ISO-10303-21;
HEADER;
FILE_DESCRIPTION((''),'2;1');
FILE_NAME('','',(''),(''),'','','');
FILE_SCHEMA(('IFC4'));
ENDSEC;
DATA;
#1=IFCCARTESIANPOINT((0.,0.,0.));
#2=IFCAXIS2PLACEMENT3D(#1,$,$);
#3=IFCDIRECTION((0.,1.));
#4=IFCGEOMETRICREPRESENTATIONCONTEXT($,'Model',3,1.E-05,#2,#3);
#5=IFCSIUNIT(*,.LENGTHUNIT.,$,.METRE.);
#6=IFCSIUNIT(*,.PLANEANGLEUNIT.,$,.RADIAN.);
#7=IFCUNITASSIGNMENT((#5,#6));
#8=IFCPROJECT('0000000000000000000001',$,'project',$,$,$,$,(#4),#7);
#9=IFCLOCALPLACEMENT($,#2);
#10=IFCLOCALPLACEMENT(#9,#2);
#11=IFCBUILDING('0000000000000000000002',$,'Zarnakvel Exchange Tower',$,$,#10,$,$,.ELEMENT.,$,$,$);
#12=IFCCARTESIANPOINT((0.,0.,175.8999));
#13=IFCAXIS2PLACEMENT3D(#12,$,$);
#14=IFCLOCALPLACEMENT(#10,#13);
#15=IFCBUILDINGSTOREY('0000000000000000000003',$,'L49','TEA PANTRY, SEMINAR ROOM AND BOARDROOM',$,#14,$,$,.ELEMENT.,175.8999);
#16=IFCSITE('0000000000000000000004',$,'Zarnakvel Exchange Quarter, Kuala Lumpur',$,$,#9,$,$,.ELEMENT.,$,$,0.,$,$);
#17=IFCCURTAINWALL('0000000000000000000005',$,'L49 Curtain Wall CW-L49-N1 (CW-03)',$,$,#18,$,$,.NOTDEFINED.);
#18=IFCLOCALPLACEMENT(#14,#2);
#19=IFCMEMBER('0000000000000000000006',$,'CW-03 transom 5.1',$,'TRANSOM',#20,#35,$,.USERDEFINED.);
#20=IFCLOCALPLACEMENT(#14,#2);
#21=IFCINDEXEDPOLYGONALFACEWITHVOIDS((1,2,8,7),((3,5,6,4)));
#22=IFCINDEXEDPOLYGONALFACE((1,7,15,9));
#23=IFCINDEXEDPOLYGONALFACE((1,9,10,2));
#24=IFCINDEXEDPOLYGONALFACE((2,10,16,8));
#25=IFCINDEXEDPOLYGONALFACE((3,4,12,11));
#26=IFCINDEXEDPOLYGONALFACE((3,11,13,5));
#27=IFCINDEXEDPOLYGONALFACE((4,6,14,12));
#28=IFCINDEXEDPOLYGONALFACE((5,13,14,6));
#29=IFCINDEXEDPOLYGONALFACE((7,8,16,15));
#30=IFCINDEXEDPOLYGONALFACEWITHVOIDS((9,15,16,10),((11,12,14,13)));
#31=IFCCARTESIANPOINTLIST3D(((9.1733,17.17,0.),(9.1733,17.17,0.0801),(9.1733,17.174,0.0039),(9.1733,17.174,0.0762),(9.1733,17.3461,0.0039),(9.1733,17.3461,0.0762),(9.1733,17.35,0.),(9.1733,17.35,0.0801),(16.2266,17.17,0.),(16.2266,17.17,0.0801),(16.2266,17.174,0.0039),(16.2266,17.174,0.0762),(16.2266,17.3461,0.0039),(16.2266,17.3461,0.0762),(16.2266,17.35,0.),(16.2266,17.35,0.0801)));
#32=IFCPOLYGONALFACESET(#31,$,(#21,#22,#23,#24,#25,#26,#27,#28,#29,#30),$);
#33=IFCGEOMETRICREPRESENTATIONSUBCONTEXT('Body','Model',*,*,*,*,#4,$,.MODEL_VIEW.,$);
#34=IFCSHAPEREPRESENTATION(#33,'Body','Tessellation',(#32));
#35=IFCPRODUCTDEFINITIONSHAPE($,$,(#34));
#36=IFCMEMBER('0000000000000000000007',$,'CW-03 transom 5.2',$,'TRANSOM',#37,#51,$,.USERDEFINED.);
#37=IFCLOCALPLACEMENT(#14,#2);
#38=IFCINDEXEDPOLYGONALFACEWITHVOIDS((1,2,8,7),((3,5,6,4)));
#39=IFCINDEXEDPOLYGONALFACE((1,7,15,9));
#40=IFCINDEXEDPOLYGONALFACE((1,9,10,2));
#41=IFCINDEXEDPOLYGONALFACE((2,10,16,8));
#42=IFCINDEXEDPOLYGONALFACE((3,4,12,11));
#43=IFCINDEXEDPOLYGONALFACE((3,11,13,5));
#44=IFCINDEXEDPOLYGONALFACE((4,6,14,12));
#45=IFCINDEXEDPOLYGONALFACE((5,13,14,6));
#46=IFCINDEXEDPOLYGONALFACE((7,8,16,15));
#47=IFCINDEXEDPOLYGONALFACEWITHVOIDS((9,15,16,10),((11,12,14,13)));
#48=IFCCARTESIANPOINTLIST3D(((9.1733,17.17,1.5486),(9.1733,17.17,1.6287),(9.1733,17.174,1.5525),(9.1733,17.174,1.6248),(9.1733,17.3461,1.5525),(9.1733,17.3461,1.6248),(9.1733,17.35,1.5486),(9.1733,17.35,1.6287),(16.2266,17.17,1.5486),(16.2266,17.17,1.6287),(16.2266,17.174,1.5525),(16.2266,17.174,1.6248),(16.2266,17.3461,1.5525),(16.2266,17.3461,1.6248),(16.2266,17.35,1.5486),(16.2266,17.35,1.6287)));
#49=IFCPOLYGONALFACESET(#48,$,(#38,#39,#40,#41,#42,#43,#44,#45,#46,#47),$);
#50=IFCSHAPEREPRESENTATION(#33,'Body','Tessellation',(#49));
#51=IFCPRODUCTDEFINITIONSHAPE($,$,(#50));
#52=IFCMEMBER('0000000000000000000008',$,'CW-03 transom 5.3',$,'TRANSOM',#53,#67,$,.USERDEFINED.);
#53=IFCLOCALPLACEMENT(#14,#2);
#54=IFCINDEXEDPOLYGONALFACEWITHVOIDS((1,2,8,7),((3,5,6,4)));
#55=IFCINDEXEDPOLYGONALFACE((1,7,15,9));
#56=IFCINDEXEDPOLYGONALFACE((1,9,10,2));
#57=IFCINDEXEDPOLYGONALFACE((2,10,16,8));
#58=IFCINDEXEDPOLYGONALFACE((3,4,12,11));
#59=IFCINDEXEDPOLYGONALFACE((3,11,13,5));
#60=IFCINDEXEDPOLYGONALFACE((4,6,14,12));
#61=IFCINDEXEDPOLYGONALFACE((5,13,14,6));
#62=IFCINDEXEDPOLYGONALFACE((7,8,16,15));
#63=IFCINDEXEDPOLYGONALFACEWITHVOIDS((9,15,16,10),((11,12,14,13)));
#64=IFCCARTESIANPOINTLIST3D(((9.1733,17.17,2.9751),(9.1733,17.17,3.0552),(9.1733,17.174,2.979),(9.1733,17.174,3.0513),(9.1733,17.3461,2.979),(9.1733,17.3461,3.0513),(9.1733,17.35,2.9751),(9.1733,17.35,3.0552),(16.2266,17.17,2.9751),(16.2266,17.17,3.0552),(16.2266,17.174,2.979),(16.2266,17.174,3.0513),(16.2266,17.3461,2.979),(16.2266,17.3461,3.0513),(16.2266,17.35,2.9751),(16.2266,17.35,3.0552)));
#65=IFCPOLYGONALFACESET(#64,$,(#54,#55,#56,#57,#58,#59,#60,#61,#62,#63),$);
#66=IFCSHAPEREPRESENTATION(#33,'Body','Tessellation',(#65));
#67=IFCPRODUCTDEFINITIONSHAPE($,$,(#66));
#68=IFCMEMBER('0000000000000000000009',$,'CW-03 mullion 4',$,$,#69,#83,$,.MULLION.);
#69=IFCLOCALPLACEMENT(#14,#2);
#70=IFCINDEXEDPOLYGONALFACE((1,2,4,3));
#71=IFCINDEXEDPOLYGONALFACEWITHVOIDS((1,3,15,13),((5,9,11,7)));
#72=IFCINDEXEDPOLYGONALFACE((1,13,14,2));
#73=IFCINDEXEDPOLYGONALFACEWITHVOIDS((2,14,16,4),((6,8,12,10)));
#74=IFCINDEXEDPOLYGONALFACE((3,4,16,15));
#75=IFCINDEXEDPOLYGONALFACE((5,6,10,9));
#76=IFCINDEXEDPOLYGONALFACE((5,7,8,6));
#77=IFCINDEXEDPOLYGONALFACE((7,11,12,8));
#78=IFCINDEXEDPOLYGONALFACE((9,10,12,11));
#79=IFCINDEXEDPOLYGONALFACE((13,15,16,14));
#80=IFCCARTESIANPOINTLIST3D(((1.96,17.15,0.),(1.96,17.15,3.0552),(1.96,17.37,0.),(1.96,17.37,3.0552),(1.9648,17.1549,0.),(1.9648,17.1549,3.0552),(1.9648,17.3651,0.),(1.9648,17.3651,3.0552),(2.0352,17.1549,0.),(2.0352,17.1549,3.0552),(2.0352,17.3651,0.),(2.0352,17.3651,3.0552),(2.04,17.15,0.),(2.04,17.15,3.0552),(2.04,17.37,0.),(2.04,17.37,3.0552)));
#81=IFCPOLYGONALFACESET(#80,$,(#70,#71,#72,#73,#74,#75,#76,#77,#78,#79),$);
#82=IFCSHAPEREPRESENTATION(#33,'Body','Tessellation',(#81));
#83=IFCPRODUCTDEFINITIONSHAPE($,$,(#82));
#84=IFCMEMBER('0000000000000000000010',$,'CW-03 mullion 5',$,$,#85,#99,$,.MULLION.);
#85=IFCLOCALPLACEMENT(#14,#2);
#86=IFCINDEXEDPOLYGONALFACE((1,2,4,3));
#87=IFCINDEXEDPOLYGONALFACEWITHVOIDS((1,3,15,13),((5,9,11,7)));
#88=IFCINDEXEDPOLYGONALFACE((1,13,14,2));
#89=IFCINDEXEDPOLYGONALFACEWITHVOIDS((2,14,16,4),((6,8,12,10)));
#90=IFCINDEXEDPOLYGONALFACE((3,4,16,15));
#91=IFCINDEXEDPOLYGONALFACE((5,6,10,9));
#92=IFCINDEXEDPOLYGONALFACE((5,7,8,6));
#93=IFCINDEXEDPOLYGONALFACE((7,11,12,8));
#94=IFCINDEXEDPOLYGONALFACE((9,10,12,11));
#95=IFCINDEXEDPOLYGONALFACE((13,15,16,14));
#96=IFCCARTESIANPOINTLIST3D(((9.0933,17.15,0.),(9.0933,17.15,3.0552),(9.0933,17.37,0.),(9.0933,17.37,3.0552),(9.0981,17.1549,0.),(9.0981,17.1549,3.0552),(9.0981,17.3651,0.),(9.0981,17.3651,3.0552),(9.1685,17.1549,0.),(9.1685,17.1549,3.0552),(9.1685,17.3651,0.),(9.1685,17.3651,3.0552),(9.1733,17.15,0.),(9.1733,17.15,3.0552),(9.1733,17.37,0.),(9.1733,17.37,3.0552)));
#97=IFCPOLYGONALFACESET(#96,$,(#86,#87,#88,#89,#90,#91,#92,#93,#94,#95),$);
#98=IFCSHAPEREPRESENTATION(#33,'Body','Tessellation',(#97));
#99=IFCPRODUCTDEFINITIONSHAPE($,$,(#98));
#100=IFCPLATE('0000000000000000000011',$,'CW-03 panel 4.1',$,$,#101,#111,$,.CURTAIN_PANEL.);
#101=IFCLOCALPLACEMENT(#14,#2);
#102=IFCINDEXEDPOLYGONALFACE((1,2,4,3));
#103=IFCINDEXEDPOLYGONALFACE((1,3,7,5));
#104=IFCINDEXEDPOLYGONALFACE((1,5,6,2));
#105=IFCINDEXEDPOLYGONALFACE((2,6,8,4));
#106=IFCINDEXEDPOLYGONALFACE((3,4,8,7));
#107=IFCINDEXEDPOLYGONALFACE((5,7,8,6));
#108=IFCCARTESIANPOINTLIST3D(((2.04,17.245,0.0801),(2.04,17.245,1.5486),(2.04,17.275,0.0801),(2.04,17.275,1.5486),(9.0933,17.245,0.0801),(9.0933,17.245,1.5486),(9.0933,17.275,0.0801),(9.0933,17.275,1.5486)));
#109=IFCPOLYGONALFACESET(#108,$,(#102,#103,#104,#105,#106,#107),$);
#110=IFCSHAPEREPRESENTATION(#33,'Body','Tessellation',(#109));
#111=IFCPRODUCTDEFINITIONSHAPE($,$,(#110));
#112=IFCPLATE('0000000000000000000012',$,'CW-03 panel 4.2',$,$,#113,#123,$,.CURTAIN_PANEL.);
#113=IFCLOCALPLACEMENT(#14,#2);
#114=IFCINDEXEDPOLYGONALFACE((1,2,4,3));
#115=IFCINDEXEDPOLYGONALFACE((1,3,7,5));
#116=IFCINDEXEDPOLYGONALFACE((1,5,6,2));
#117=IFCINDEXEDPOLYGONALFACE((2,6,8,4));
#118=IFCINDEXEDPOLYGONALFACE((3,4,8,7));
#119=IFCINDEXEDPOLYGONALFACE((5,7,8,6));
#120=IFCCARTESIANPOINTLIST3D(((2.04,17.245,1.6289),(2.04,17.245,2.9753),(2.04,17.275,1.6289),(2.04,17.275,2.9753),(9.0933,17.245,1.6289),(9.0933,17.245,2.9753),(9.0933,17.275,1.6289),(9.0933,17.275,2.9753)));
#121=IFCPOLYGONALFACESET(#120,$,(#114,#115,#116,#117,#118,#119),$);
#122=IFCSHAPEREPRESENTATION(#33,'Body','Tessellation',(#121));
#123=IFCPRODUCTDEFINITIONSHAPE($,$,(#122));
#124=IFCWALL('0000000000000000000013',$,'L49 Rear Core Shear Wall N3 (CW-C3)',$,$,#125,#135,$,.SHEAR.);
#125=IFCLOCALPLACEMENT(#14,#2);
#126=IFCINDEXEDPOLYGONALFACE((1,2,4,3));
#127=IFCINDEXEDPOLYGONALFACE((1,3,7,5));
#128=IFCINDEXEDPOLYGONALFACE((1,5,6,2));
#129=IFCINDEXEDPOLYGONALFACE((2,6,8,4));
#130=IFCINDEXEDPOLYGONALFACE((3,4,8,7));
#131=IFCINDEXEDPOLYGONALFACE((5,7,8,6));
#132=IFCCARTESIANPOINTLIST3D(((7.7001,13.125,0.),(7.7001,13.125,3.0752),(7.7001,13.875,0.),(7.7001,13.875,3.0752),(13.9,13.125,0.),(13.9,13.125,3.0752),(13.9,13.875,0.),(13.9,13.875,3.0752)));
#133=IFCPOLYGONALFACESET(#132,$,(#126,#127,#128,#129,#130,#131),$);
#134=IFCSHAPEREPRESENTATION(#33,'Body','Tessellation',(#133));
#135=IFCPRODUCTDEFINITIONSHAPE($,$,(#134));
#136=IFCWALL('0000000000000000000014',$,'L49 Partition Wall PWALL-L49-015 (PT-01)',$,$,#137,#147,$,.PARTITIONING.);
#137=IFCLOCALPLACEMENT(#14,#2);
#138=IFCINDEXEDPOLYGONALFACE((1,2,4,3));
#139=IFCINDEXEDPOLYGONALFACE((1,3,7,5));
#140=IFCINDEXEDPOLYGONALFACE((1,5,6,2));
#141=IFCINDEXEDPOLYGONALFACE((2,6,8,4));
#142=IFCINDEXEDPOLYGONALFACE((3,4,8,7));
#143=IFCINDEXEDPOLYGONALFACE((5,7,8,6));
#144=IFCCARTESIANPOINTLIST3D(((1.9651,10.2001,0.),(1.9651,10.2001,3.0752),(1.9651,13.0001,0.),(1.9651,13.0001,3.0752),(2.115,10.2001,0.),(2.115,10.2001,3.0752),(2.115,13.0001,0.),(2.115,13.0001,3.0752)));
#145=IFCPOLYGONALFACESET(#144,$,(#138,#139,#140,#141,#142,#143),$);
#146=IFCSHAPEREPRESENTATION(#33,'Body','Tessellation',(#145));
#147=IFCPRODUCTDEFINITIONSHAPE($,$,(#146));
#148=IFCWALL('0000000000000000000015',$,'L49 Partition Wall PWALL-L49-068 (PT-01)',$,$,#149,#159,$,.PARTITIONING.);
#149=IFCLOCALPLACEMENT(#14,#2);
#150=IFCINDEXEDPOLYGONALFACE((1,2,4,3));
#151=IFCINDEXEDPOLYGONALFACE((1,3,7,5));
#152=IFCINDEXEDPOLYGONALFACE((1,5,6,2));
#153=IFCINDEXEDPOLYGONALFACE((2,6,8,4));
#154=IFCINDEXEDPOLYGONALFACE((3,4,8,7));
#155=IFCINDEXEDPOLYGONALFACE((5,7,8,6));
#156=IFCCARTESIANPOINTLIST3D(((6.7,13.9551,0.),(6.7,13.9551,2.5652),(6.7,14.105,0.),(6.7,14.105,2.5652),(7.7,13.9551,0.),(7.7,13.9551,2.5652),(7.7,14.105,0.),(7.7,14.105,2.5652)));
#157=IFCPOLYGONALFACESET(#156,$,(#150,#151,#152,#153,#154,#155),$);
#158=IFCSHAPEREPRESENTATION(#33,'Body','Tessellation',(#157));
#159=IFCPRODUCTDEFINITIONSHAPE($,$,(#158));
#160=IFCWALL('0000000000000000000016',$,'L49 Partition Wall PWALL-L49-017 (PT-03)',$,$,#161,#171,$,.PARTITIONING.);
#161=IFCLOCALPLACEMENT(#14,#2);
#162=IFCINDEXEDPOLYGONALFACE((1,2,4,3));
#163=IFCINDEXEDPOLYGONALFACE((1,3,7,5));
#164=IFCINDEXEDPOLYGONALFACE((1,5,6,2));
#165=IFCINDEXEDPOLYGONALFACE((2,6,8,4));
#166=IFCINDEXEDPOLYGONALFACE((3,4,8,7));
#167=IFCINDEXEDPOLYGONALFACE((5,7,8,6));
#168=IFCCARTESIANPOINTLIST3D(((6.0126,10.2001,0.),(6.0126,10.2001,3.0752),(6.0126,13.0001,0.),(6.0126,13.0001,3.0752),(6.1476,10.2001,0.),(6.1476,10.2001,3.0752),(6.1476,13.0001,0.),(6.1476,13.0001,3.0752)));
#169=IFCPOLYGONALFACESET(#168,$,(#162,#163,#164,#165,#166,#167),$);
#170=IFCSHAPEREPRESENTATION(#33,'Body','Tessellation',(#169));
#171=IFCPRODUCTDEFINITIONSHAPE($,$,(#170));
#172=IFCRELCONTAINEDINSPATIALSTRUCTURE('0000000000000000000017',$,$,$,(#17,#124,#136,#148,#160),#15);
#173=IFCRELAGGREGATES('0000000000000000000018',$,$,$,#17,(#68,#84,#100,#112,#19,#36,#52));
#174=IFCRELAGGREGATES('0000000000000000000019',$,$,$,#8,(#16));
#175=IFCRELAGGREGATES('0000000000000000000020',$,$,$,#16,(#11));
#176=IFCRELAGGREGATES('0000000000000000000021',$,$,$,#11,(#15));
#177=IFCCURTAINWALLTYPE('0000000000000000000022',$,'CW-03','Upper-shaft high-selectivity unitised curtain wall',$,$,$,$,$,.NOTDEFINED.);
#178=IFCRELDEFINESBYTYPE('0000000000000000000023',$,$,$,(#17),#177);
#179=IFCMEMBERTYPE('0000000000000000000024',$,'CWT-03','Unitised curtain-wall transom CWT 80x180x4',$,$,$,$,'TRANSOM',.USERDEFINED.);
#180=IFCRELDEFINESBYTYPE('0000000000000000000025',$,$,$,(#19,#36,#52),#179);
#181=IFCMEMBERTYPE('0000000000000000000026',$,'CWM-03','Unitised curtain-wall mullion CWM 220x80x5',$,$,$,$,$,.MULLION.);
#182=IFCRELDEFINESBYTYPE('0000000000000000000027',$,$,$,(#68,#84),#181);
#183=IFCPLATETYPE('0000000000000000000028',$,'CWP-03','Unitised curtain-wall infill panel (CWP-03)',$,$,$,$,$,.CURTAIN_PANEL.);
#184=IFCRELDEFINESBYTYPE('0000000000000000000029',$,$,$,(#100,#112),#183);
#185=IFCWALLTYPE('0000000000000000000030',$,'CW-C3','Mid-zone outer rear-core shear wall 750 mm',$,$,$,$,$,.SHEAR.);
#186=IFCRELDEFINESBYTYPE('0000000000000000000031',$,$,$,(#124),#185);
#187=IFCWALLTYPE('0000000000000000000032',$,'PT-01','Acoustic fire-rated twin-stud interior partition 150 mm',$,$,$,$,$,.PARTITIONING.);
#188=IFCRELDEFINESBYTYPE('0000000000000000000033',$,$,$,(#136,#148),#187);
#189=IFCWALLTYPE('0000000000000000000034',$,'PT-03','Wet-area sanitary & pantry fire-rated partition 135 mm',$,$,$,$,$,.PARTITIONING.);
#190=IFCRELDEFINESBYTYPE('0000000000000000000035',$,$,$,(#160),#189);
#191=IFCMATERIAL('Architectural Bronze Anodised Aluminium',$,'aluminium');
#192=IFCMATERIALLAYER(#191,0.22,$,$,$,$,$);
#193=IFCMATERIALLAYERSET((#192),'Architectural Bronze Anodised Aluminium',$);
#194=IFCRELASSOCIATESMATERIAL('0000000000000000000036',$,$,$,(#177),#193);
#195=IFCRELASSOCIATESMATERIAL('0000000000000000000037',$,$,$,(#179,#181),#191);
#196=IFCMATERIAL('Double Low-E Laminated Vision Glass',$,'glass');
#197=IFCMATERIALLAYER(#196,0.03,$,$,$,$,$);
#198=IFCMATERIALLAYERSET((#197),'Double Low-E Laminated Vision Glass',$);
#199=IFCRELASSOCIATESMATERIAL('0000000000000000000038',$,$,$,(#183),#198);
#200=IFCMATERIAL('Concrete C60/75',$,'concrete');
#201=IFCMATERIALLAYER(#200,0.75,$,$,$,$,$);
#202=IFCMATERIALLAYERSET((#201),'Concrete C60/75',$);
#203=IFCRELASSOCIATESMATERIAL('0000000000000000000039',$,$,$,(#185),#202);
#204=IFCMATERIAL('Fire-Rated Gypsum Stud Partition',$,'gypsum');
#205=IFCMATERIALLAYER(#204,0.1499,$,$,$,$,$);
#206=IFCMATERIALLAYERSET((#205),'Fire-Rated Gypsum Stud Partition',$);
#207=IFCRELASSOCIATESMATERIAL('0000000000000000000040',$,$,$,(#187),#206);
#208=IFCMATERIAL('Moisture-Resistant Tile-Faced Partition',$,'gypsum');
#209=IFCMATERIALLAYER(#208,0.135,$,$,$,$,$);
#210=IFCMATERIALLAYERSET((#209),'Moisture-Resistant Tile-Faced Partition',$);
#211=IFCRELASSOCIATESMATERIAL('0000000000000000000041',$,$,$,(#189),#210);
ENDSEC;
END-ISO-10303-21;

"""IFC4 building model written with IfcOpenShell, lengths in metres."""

from ifc_helpers import new_model, si_unit, direction, frame, frame_2d, origin, origin_2d, place, context, subcontext, project, spatial, rectangle, hollow_rectangle, extrude, source, transform, mapped, material, layer, layer_set, material_profile, profile_set, type_object, element, aggregate, save


model = new_model("IFC4")

# Units and contexts
model_context = context("Model", 3, precision=1e-05, world=origin(), true_north=direction((0.0, 1.0)))
body_context = subcontext(model_context, "Body", "Model", "MODEL_VIEW")
ifc_project = project(units=[si_unit("LENGTHUNIT", "METRE"), si_unit("PLANEANGLEUNIT", "RADIAN")], contexts=[model_context])

# Site, building, storey
site_placement = place(None, origin())
site = spatial("IfcSite", under=ifc_project, at=site_placement, Name="Zarnakvel Exchange Quarter, Kuala Lumpur", CompositionType="ELEMENT", RefElevation=0.0)
building_placement = place(site_placement, origin())
building = spatial("IfcBuilding", under=site, at=building_placement, Name="Zarnakvel Exchange Tower", CompositionType="ELEMENT")
storey_placement = place(building_placement, frame((0.0, 0.0, 175.8999)))
storey = spatial("IfcBuildingStorey", under=building, at=storey_placement, Name="L49", Description="TEA PANTRY, SEMINAR ROOM AND BOARDROOM", CompositionType="ELEMENT", Elevation=175.8999)

# Shared definitions
ifc_material_1 = material(Name="Concrete C60/75", Category="concrete")

# Curtain wall, members, plates
ifc_material_2 = material(Name="Architectural Bronze Anodised Aluminium", Category="aluminium")
ifc_layer_1 = layer(ifc_material_2, 0.22)
ifc_layer_set_1 = layer_set([ifc_layer_1], Name="Architectural Bronze Anodised Aluminium")
curtain_wall_type = type_object("IfcCurtainWallType", Name="CW-03", Description="Upper-shaft high-selectivity unitised curtain wall", PredefinedType="NOTDEFINED", material=ifc_layer_set_1)
curtain_wall_placement = place(storey_placement, origin())
curtain_wall = element("IfcCurtainWall", 1, at=curtain_wall_placement, inside=storey, type_object=curtain_wall_type, Name="L49 Curtain Wall CW-L49-N1 (CW-03)", PredefinedType="NOTDEFINED")
ifc_material_profile_1 = material_profile(ifc_material_2, hollow_rectangle(XDim=0.1799, YDim=0.0801, WallThickness=0.0039, at=origin_2d()))
ifc_profile_set_1 = profile_set([ifc_material_profile_1], Name="Architectural Bronze Anodised Aluminium")
member_type_1 = type_object("IfcMemberType", Name="CWT-03", Description="Unitised curtain-wall transom CWT 80x180x4", ElementType="TRANSOM", PredefinedType="USERDEFINED", material=ifc_profile_set_1)
shared_shape_1 = source(origin(), body_context, "Body", "SweptSolid", [
    extrude(hollow_rectangle(XDim=0.1799, YDim=0.0801, WallThickness=0.0039, at=origin_2d()), origin(), (0.0, 0.0, 1.0), 7.0532),
])
member_1_placement = place(storey_placement, frame((9.1733, 17.26, 0.04), z_axis=(1.0, 0.0, 0.0), x_axis=(0.0, 1.0, 0.0)))
member_1 = element("IfcMember", 2, at=member_1_placement, type_object=member_type_1, Name="CW-03 transom 5.1", ObjectType="TRANSOM", PredefinedType="USERDEFINED", context=body_context, shape_type="MappedRepresentation", body=[
    mapped(shared_shape_1, transform((0.0, 0.0, 0.0), x_axis=(1.0, 0.0, 0.0), y_axis=(0.0, 1.0, 0.0), z_axis=(0.0, 0.0, 1.0), scale=1.0)),
])
member_2_placement = place(storey_placement, frame((9.1733, 17.26, 1.5886), z_axis=(1.0, 0.0, 0.0), x_axis=(0.0, 1.0, 0.0)))
member_2 = element("IfcMember", 3, at=member_2_placement, type_object=member_type_1, Name="CW-03 transom 5.2", ObjectType="TRANSOM", PredefinedType="USERDEFINED", context=body_context, shape_type="MappedRepresentation", body=[
    mapped(shared_shape_1, transform((0.0, 0.0, 0.0), x_axis=(1.0, 0.0, 0.0), y_axis=(0.0, 1.0, 0.0), z_axis=(0.0, 0.0, 1.0), scale=1.0)),
])
member_3_placement = place(storey_placement, frame((9.1733, 17.26, 3.0151), z_axis=(1.0, 0.0, 0.0), x_axis=(0.0, 1.0, 0.0)))
member_3 = element("IfcMember", 4, at=member_3_placement, type_object=member_type_1, Name="CW-03 transom 5.3", ObjectType="TRANSOM", PredefinedType="USERDEFINED", context=body_context, shape_type="MappedRepresentation", body=[
    mapped(shared_shape_1, transform((0.0, 0.0, 0.0), x_axis=(1.0, 0.0, 0.0), y_axis=(0.0, 1.0, 0.0), z_axis=(0.0, 0.0, 1.0), scale=1.0)),
])
ifc_material_profile_2 = material_profile(ifc_material_2, hollow_rectangle(XDim=0.22, YDim=0.0801, WallThickness=0.0049, at=origin_2d()))
ifc_profile_set_2 = profile_set([ifc_material_profile_2], Name="Architectural Bronze Anodised Aluminium")
member_type_2 = type_object("IfcMemberType", Name="CWM-03", Description="Unitised curtain-wall mullion CWM 220x80x5", PredefinedType="MULLION", material=ifc_profile_set_2)
shared_shape_2 = source(origin(), body_context, "Body", "SweptSolid", [
    extrude(hollow_rectangle(XDim=0.22, YDim=0.0801, WallThickness=0.0049, at=origin_2d()), origin(), (0.0, 0.0, 1.0), 3.0552),
])
member_4_placement = place(storey_placement, frame((2.0, 17.26, 0.0), z_axis=(0.0, 0.0, 1.0), x_axis=(0.0, 1.0, 0.0)))
member_4 = element("IfcMember", 5, at=member_4_placement, type_object=member_type_2, Name="CW-03 mullion 4", PredefinedType="MULLION", context=body_context, shape_type="MappedRepresentation", body=[
    mapped(shared_shape_2, transform((0.0, 0.0, 0.0), x_axis=(1.0, 0.0, 0.0), y_axis=(0.0, 1.0, 0.0), z_axis=(0.0, 0.0, 1.0), scale=1.0)),
])
member_5_placement = place(storey_placement, frame((9.1333, 17.26, 0.0), z_axis=(0.0, 0.0, 1.0), x_axis=(0.0, 1.0, 0.0)))
member_5 = element("IfcMember", 6, at=member_5_placement, type_object=member_type_2, Name="CW-03 mullion 5", PredefinedType="MULLION", context=body_context, shape_type="MappedRepresentation", body=[
    mapped(shared_shape_2, transform((0.0, 0.0, 0.0), x_axis=(1.0, 0.0, 0.0), y_axis=(0.0, 1.0, 0.0), z_axis=(0.0, 0.0, 1.0), scale=1.0)),
])
ifc_material_3 = material(Name="Double Low-E Laminated Vision Glass", Category="glass")
ifc_layer_2 = layer(ifc_material_3, 0.03)
ifc_layer_set_2 = layer_set([ifc_layer_2], Name="Double Low-E Laminated Vision Glass")
plate_type = type_object("IfcPlateType", Name="CWP-03", Description="Unitised curtain-wall infill panel (CWP-03)", PredefinedType="CURTAIN_PANEL", material=ifc_layer_set_2)
shared_shape_3 = source(origin(), body_context, "Body", "SweptSolid", [
    extrude(rectangle(XDim=7.0532, YDim=0.03, at=origin_2d()), origin(), (0.0, 0.0, 1.0), 1.4685),
])
plate_1_placement = place(storey_placement, frame((5.5667, 17.26, 0.0801), z_axis=(0.0, 0.0, 1.0), x_axis=(1.0, 0.0, 0.0)))
plate_1 = element("IfcPlate", 7, at=plate_1_placement, type_object=plate_type, Name="CW-03 panel 4.1", PredefinedType="CURTAIN_PANEL", context=body_context, shape_type="MappedRepresentation", body=[
    mapped(shared_shape_3, transform((0.0, 0.0, 0.0), x_axis=(1.0, 0.0, 0.0), y_axis=(0.0, 1.0, 0.0), z_axis=(0.0, 0.0, 1.0), scale=1.0)),
])
shared_shape_4 = source(origin(), body_context, "Body", "SweptSolid", [
    extrude(rectangle(XDim=7.0532, YDim=0.03, at=origin_2d()), origin(), (0.0, 0.0, 1.0), 1.3464),
])
plate_2_placement = place(storey_placement, frame((5.5667, 17.26, 1.6289), z_axis=(0.0, 0.0, 1.0), x_axis=(1.0, 0.0, 0.0)))
plate_2 = element("IfcPlate", 8, at=plate_2_placement, type_object=plate_type, Name="CW-03 panel 4.2", PredefinedType="CURTAIN_PANEL", context=body_context, shape_type="MappedRepresentation", body=[
    mapped(shared_shape_4, transform((0.0, 0.0, 0.0), x_axis=(1.0, 0.0, 0.0), y_axis=(0.0, 1.0, 0.0), z_axis=(0.0, 0.0, 1.0), scale=1.0)),
])
aggregate(curtain_wall, [member_4, member_5, plate_1, plate_2, member_1, member_2, member_3])

# Wall
ifc_layer_3 = layer(ifc_material_1, 0.75)
ifc_layer_set_3 = layer_set([ifc_layer_3], Name="Concrete C60/75")
wall_type_1 = type_object("IfcWallType", Name="CW-C3", Description="Mid-zone outer rear-core shear wall 750 mm", PredefinedType="SHEAR", material=ifc_layer_set_3)
wall_1_placement = place(storey_placement, frame((7.7, 13.5, 0.0), z_axis=(0.0, 0.0, 1.0), x_axis=(1.0, 0.0, 0.0)))
element("IfcWall", 9, at=wall_1_placement, inside=storey, type_object=wall_type_1, Name="L49 Rear Core Shear Wall N3 (CW-C3)", PredefinedType="SHEAR", context=body_context, shape_type="SweptSolid", body=[
    extrude(rectangle(XDim=6.2, YDim=0.75, at=frame_2d((3.1001, 0.0))), origin(), (0.0, 0.0, 1.0), 3.0752),
])

# Shared definitions
ifc_material_4 = material(Name="Fire-Rated Gypsum Stud Partition", Category="gypsum")
ifc_layer_4 = layer(ifc_material_4, 0.1499)
ifc_layer_set_4 = layer_set([ifc_layer_4], Name="Fire-Rated Gypsum Stud Partition")
wall_type_2 = type_object("IfcWallType", Name="PT-01", Description="Acoustic fire-rated twin-stud interior partition 150 mm", PredefinedType="PARTITIONING", material=ifc_layer_set_4)

# Walls
wall_2_placement = place(storey_placement, frame((2.04, 13.0, 0.0), z_axis=(0.0, 0.0, 1.0), x_axis=(0.0, -1.0, 0.0)))
element("IfcWall", 10, at=wall_2_placement, inside=storey, type_object=wall_type_2, Name="L49 Partition Wall PWALL-L49-015 (PT-01)", PredefinedType="PARTITIONING", context=body_context, shape_type="SweptSolid", body=[
    extrude(rectangle(XDim=2.8, YDim=0.1499, at=frame_2d((1.3999, 0.0))), origin(), (0.0, 0.0, 1.0), 3.0752),
])
wall_3_placement = place(storey_placement, frame((7.7, 14.03, 0.0), z_axis=(0.0, 0.0, 1.0), x_axis=(-1.0, 0.0, 0.0)))
element("IfcWall", 11, at=wall_3_placement, inside=storey, type_object=wall_type_2, Name="L49 Partition Wall PWALL-L49-068 (PT-01)", PredefinedType="PARTITIONING", context=body_context, shape_type="SweptSolid", body=[
    extrude(rectangle(XDim=1.0, YDim=0.1499, at=frame_2d((0.5, 0.0))), origin(), (0.0, 0.0, 1.0), 2.5652),
])

# Shared definitions
ifc_material_5 = material(Name="Moisture-Resistant Tile-Faced Partition", Category="gypsum")
ifc_layer_5 = layer(ifc_material_5, 0.135)
ifc_layer_set_5 = layer_set([ifc_layer_5], Name="Moisture-Resistant Tile-Faced Partition")
wall_type_3 = type_object("IfcWallType", Name="PT-03", Description="Wet-area sanitary & pantry fire-rated partition 135 mm", PredefinedType="PARTITIONING", material=ifc_layer_set_5)

# Wall
wall_4_placement = place(storey_placement, frame((6.0801, 13.0, 0.0), z_axis=(0.0, 0.0, 1.0), x_axis=(0.0, -1.0, 0.0)))
element("IfcWall", 12, at=wall_4_placement, inside=storey, type_object=wall_type_3, Name="L49 Partition Wall PWALL-L49-017 (PT-03)", PredefinedType="PARTITIONING", context=body_context, shape_type="SweptSolid", body=[
    extrude(rectangle(XDim=2.8, YDim=0.135, at=frame_2d((1.3999, 0.0))), origin(), (0.0, 0.0, 1.0), 3.0752),
])

save(model, "model.ifc")
